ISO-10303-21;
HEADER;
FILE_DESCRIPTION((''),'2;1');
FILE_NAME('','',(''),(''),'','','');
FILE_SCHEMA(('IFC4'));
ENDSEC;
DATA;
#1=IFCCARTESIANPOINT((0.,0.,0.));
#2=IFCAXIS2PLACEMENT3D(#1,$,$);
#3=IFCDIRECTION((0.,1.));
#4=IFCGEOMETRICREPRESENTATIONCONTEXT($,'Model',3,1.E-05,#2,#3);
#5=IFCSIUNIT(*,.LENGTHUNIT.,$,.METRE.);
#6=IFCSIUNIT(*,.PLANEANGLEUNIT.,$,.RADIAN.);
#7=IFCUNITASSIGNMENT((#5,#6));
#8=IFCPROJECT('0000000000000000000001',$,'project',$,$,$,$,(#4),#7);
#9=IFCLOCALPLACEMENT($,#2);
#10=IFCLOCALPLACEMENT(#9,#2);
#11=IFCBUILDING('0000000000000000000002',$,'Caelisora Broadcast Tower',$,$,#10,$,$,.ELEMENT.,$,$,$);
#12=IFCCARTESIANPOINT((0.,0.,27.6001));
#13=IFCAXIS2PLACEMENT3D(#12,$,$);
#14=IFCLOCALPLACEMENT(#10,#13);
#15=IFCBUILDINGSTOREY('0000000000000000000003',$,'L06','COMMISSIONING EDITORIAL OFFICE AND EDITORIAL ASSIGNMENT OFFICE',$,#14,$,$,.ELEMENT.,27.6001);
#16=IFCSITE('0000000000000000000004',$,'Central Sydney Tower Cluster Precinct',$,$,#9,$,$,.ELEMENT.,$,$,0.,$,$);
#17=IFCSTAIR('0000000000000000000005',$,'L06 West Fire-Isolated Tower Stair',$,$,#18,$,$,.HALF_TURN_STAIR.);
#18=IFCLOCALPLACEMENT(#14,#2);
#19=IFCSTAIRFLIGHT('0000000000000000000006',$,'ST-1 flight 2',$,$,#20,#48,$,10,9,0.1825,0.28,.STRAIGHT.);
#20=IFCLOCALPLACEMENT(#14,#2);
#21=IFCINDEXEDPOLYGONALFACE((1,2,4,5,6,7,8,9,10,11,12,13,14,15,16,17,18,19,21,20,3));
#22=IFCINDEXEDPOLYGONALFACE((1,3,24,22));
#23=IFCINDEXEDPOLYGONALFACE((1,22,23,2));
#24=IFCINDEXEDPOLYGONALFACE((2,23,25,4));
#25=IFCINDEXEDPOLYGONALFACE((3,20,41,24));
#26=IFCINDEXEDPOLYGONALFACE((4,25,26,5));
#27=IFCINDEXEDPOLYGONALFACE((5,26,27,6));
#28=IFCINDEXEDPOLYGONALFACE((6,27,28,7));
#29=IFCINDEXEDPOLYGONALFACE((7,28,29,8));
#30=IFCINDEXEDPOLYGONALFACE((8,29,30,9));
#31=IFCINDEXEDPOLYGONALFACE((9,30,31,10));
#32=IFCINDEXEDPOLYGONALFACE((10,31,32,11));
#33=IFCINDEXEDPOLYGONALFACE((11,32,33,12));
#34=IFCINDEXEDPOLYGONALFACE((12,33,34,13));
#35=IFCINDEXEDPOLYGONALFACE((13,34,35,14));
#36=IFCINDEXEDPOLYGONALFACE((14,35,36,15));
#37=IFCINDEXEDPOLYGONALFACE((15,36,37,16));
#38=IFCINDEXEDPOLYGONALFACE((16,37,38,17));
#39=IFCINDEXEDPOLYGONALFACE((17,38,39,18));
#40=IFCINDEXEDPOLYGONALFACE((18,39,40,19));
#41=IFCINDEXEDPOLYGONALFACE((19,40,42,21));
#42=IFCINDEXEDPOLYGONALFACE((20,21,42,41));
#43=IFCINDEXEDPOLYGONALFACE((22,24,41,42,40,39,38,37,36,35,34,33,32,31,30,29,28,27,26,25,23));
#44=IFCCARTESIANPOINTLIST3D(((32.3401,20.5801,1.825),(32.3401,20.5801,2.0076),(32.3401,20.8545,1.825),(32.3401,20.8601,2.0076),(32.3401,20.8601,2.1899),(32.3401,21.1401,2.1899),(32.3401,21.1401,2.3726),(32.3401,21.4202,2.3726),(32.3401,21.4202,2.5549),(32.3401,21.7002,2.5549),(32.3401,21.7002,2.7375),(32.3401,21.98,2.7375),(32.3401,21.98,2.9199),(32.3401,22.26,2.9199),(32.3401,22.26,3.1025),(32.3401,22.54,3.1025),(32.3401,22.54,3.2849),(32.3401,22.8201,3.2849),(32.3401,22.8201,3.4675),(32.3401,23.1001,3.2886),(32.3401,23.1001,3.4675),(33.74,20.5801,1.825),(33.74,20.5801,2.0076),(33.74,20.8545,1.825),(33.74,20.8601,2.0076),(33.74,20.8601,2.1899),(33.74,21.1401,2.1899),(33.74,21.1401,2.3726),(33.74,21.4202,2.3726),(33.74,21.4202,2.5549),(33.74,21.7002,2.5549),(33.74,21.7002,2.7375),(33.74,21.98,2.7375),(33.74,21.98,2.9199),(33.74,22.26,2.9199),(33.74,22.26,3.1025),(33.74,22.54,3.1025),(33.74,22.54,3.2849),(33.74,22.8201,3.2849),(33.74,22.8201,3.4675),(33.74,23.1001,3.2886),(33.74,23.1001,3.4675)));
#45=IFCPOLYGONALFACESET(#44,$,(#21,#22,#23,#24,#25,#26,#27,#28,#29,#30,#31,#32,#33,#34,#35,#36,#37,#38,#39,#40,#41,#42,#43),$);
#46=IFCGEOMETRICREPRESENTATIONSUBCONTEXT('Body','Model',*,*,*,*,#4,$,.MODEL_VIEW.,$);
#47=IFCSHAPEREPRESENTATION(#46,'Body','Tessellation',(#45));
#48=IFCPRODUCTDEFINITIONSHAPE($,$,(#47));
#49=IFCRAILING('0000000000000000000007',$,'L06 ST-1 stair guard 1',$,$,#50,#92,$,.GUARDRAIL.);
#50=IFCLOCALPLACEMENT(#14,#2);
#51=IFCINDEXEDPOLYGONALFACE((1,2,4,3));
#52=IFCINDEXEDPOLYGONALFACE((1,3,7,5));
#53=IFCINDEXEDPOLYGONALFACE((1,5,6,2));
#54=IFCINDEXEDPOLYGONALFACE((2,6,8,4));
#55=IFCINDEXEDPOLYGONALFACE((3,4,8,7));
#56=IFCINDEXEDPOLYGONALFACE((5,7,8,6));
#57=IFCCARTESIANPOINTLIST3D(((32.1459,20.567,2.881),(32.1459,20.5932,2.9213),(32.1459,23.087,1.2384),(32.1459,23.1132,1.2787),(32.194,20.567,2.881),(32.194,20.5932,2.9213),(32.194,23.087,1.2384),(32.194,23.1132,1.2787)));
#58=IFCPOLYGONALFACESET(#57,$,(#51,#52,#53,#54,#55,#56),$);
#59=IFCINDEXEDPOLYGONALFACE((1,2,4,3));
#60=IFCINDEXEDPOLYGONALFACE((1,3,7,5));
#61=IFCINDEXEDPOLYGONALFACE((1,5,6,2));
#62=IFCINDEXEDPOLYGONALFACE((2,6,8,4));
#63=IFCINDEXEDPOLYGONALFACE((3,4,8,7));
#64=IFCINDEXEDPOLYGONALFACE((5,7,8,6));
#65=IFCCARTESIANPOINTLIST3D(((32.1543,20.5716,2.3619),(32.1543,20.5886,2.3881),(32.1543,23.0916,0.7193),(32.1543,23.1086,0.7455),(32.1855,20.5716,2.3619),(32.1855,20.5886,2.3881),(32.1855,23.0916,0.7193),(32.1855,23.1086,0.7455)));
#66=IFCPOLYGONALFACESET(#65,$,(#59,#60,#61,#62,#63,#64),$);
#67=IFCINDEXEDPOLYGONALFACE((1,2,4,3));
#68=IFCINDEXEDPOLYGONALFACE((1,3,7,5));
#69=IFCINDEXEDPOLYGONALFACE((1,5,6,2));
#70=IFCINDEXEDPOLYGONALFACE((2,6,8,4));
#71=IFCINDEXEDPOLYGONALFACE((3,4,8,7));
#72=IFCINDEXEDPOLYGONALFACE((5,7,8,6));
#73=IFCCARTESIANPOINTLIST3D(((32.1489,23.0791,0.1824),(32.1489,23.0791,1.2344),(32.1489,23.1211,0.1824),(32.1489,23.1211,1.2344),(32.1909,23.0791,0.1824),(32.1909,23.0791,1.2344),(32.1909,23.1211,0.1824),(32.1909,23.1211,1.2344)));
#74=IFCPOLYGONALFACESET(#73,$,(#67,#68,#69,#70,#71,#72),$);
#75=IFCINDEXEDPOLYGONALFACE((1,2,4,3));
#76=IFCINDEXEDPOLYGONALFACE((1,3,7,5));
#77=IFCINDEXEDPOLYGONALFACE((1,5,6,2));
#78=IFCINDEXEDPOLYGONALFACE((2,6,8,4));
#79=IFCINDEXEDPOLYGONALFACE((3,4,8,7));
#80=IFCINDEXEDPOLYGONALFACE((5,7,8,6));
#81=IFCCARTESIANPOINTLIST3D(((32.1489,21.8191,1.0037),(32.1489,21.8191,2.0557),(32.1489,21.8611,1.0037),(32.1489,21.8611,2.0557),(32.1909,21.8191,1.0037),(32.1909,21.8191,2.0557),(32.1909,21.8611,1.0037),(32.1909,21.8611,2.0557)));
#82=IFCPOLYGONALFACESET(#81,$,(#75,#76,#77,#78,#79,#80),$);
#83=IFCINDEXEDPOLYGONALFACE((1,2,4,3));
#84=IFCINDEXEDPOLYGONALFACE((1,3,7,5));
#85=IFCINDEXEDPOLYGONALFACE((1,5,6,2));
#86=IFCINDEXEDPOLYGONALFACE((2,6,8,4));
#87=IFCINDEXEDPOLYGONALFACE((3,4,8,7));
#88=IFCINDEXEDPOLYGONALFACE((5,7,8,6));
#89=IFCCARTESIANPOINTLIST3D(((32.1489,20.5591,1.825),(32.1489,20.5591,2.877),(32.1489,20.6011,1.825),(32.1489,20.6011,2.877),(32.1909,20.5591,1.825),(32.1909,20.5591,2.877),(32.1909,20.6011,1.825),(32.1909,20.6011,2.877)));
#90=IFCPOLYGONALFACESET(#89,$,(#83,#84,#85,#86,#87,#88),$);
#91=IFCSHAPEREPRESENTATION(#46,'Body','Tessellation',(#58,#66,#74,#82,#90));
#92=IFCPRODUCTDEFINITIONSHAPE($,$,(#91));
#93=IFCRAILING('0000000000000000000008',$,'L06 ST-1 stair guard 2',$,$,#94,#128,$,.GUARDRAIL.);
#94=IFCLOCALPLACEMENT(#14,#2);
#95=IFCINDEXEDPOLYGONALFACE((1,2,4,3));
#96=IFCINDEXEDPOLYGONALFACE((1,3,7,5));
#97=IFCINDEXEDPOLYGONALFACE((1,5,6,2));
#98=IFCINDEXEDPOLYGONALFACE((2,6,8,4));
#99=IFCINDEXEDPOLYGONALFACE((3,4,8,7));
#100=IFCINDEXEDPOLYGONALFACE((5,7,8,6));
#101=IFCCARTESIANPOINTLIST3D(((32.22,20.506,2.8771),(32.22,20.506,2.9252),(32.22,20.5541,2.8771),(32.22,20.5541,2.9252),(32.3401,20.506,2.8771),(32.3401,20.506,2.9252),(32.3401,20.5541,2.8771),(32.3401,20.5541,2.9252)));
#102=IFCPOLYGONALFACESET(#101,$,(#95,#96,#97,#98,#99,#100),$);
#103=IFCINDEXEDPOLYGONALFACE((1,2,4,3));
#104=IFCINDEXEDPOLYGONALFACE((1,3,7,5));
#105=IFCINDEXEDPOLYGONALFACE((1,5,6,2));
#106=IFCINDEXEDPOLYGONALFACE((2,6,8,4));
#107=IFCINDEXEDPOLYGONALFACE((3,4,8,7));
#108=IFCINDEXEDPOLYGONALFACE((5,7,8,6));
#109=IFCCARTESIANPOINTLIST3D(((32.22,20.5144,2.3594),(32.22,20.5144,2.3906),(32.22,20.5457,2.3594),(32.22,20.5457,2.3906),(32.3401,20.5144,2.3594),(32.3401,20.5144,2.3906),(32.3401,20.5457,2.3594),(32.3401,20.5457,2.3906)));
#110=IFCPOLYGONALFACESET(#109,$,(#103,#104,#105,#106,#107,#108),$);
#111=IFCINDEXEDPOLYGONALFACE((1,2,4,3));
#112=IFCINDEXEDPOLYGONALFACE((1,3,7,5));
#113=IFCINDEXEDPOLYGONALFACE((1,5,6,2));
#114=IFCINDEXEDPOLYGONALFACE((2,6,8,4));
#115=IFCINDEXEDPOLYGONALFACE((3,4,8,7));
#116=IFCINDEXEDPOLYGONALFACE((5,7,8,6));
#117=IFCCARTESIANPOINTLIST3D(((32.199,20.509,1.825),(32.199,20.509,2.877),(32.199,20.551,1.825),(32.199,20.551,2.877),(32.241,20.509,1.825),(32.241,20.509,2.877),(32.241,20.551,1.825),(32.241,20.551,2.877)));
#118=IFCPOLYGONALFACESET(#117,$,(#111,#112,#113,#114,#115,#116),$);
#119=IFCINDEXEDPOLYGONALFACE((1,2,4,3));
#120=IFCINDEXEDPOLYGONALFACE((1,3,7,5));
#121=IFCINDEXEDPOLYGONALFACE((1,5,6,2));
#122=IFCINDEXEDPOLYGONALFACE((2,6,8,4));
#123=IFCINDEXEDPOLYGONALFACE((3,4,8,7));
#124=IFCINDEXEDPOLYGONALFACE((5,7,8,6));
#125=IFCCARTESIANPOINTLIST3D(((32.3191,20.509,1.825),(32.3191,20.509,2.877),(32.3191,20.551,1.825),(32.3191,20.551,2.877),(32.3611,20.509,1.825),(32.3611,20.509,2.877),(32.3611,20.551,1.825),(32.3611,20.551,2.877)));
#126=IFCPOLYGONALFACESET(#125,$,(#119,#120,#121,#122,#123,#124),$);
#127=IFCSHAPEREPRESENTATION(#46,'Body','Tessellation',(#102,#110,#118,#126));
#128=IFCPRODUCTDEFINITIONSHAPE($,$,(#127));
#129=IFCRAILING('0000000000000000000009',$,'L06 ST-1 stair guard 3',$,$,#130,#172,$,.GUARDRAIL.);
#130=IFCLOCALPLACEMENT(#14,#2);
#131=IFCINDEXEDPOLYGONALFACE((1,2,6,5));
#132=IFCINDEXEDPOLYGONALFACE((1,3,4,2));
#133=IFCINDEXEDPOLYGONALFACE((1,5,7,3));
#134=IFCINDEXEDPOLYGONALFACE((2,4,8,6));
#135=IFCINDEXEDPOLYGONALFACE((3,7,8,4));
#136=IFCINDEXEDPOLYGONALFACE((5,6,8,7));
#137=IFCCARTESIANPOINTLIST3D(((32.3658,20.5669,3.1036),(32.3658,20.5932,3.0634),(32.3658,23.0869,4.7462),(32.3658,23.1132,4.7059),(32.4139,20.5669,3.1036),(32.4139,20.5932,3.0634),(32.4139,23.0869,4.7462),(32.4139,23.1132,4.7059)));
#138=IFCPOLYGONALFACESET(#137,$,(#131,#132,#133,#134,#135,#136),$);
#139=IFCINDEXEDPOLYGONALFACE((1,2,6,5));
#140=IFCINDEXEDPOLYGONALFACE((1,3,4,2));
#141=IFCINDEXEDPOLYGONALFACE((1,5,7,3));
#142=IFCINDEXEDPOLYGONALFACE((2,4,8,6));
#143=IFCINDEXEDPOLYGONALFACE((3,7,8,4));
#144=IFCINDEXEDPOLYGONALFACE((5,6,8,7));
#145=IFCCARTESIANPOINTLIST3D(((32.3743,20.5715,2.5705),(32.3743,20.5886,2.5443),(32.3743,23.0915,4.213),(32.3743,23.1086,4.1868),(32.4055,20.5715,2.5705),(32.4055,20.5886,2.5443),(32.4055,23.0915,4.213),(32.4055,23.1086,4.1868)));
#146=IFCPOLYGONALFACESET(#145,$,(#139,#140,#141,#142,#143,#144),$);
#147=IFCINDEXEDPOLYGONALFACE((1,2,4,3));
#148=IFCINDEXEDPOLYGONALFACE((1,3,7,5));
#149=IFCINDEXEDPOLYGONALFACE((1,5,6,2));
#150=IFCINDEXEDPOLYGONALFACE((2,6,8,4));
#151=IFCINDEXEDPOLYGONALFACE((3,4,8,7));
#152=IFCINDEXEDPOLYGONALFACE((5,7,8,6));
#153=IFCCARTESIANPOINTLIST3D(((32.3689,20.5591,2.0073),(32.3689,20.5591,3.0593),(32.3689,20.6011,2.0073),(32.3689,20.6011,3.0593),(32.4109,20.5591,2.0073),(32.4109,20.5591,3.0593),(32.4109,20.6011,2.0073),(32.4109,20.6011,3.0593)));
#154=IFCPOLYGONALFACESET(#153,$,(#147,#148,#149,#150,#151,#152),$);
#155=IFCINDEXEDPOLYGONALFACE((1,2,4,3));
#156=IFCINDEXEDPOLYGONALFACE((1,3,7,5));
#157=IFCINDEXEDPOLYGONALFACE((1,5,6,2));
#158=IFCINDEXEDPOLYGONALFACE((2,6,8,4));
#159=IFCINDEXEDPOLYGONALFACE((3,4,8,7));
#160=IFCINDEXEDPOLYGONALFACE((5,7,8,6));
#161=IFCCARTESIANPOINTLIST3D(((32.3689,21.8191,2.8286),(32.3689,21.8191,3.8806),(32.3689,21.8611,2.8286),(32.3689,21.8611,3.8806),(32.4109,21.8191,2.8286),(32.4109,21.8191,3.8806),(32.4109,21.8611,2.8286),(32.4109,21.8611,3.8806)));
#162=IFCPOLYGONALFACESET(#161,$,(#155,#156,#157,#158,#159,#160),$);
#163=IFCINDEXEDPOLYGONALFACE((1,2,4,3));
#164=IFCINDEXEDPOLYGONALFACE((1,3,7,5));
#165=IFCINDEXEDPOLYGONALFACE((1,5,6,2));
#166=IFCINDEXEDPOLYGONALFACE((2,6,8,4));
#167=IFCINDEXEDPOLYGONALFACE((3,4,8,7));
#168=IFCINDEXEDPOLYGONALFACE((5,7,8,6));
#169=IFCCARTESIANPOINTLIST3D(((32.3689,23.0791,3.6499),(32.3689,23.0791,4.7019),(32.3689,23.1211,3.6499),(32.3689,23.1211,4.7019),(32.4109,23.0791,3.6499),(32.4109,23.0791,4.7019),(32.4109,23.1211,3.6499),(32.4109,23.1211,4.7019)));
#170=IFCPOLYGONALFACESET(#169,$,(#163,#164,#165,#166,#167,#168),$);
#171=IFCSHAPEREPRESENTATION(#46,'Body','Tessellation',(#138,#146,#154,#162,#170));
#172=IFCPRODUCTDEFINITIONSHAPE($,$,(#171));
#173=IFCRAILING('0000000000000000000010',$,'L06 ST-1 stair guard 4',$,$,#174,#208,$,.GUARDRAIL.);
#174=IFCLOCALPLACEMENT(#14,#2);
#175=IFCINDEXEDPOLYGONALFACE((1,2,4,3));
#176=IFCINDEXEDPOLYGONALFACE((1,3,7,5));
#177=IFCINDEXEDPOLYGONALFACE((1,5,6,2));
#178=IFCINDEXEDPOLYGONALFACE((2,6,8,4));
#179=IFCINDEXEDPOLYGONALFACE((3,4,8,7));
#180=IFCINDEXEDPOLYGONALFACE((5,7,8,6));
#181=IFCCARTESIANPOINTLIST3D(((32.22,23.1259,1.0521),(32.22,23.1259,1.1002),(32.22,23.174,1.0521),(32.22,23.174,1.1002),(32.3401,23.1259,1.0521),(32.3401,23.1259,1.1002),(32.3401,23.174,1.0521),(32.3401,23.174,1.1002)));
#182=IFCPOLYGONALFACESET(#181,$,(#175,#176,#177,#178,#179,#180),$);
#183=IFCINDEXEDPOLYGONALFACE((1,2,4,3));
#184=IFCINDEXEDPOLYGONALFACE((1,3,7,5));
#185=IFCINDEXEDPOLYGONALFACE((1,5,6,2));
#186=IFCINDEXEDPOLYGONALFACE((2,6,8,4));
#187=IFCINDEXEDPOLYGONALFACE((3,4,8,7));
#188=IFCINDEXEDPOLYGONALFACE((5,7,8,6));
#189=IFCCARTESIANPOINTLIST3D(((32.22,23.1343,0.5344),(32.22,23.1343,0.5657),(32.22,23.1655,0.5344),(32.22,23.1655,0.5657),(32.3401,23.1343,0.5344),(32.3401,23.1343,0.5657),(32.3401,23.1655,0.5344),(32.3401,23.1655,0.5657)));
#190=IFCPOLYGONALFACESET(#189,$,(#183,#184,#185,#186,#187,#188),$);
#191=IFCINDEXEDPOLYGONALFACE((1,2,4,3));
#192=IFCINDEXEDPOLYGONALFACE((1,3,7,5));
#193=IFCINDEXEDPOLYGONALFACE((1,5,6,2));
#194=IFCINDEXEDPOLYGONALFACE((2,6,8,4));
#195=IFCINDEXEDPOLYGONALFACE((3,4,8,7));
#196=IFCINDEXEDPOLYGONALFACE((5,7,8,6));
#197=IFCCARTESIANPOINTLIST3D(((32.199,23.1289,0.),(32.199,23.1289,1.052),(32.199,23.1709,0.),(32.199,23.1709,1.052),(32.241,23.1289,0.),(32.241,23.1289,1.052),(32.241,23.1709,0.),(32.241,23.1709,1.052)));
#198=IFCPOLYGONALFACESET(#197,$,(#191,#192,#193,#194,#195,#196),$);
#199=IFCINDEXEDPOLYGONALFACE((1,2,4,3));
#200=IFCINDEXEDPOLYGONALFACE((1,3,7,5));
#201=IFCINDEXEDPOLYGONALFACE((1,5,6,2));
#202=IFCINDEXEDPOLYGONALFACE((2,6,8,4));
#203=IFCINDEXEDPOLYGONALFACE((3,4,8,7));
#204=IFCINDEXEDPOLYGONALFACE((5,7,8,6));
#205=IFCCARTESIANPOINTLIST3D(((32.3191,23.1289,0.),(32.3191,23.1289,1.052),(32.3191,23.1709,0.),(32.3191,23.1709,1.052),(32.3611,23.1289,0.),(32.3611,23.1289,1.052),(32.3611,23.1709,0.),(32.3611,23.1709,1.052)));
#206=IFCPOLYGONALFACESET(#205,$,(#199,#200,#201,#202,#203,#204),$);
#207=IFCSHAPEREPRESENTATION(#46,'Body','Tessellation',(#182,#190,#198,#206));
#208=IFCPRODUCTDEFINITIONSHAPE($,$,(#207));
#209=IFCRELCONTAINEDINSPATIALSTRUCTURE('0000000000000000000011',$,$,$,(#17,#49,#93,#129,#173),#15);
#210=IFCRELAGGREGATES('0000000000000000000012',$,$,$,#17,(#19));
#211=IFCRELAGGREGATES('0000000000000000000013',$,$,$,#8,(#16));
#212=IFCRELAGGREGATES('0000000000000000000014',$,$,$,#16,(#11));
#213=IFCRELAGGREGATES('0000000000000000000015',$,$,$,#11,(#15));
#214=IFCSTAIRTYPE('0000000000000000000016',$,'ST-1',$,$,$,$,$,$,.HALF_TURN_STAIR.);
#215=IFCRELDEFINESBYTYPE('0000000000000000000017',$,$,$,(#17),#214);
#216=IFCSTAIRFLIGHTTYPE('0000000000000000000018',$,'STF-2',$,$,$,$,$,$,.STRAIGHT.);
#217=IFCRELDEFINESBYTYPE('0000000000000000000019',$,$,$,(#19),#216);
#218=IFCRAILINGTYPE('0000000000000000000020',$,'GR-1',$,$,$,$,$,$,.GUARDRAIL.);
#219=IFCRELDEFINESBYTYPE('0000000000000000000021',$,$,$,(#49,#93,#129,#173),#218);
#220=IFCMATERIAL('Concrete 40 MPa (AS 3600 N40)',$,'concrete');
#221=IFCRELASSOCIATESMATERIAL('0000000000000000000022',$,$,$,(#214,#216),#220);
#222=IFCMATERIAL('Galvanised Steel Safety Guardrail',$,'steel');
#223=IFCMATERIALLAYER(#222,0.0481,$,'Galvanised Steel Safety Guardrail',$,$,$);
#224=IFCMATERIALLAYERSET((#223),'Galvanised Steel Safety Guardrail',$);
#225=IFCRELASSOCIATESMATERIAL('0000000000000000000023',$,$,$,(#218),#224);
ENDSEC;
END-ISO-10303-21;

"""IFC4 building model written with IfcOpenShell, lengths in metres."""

from ifc_helpers import new_model, si_unit, direction, frame, origin, origin_2d, place, context, subcontext, project, spatial, polyline, rectangle, outline, extrude, material, layer, layer_set, type_object, element, aggregate, save


model = new_model("IFC4")

# Units and contexts
model_context = context("Model", 3, precision=1e-05, world=origin(), true_north=direction((0.0, 1.0)))
body_context = subcontext(model_context, "Body", "Model", "MODEL_VIEW")
ifc_project = project(units=[si_unit("LENGTHUNIT", "METRE"), si_unit("PLANEANGLEUNIT", "RADIAN")], contexts=[model_context])

# Site, building, storey
site_placement = place(None, origin())
site = spatial("IfcSite", under=ifc_project, at=site_placement, Name="Central Sydney Tower Cluster Precinct", CompositionType="ELEMENT", RefElevation=0.0)
building_placement = place(site_placement, origin())
building = spatial("IfcBuilding", under=site, at=building_placement, Name="Caelisora Broadcast Tower", CompositionType="ELEMENT")
storey_placement = place(building_placement, frame((0.0, 0.0, 27.6001)))
storey = spatial("IfcBuildingStorey", under=building, at=storey_placement, Name="L06", Description="COMMISSIONING EDITORIAL OFFICE AND EDITORIAL ASSIGNMENT OFFICE", CompositionType="ELEMENT", Elevation=27.6001)

# Stair, stair flight
ifc_material_1 = material(Name="Concrete 40 MPa (AS 3600 N40)", Category="concrete")
stair_type = type_object("IfcStairType", Name="ST-1", PredefinedType="HALF_TURN_STAIR", material=ifc_material_1)
stair_placement = place(storey_placement, origin())
stair = element("IfcStair", 1, at=stair_placement, inside=storey, type_object=stair_type, Name="L06 West Fire-Isolated Tower Stair", PredefinedType="HALF_TURN_STAIR")
stair_flight_type = type_object("IfcStairFlightType", Name="STF-2", PredefinedType="STRAIGHT", material=ifc_material_1)
stair_flight_1_placement = place(storey_placement, frame((33.04, 20.5801, 1.825), z_axis=(0.0, 0.0, 1.0), x_axis=(0.0, 1.0, 0.0)))
stair_flight_1 = element("IfcStairFlight", 2, at=stair_flight_1_placement, type_object=stair_flight_type, Name="ST-1 flight 2", NumberOfRisers=10, NumberOfTreads=9, PredefinedType="STRAIGHT", RiserHeight=0.1825, TreadLength=0.28, context=body_context, shape_type="SweptSolid", body=[
    extrude(outline(polyline([(0.0, 0.0), (0.0, 0.1826), (0.28, 0.1826), (0.28, 0.365), (0.5601, 0.365), (0.5601, 0.5476), (0.8401, 0.5476), (0.8401, 0.73), (1.1201, 0.73), (1.1201, 0.9126), (1.3999, 0.9126), (1.3999, 1.095), (1.6799, 1.095), (1.6799, 1.2776), (1.96, 1.2776), (1.96, 1.46), (2.24, 1.46), (2.24, 1.6426), (2.52, 1.6426), (2.52, 1.825), (2.52, 1.4636), (0.2744, 0.0), (0.0, 0.0)])), frame((0.0, 0.7, 0.0), z_axis=(0.0, -1.0, 0.0), x_axis=(1.0, 0.0, 0.0)), (0.0, 0.0, 1.0), 1.3999),
])
aggregate(stair, [stair_flight_1])

# Railings
ifc_material_2 = material(Name="Galvanised Steel Safety Guardrail", Category="steel")
ifc_layer_1 = layer(ifc_material_2, 0.0481, Name="Galvanised Steel Safety Guardrail")
ifc_layer_set_1 = layer_set([ifc_layer_1], Name="Galvanised Steel Safety Guardrail")
railing_type_1 = type_object("IfcRailingType", Name="GR-1", PredefinedType="GUARDRAIL", material=ifc_layer_set_1)
railing_1_placement = place(storey_placement, frame((32.1699, 23.1001, 0.1824)))
element("IfcRailing", 3, at=railing_1_placement, inside=storey, type_object=railing_type_1, Name="L06 ST-1 stair guard 1", PredefinedType="GUARDRAIL", context=body_context, shape_type="SweptSolid", body=[
    extrude(rectangle(XDim=0.0481, YDim=0.0481, at=origin_2d()), frame((0.0, 0.0, 1.0762), z_axis=(0.0, -0.837749, 0.546055), x_axis=(1.0, 0.0, 0.0)), (0.0, 0.0, 1.0), 3.0081),
    extrude(rectangle(XDim=0.0312, YDim=0.0312, at=origin_2d()), frame((0.0, 0.0, 0.55), z_axis=(0.0, -0.837749, 0.546055), x_axis=(1.0, 0.0, 0.0)), (0.0, 0.0, 1.0), 3.0081),
    extrude(rectangle(XDim=0.042, YDim=0.042, at=origin_2d()), origin(), (0.0, 0.0, 1.0), 1.052),
    extrude(rectangle(XDim=0.042, YDim=0.042, at=origin_2d()), frame((0.0, -1.26, 0.8213)), (0.0, 0.0, 1.0), 1.052),
    extrude(rectangle(XDim=0.042, YDim=0.042, at=origin_2d()), frame((0.0, -2.52, 1.6426)), (0.0, 0.0, 1.0), 1.052),
])
railing_2_placement = place(storey_placement, frame((32.22, 20.53, 1.825)))
element("IfcRailing", 4, at=railing_2_placement, inside=storey, type_object=railing_type_1, Name="L06 ST-1 stair guard 2", PredefinedType="GUARDRAIL", context=body_context, shape_type="SweptSolid", body=[
    extrude(rectangle(XDim=0.0481, YDim=0.0481, at=origin_2d()), frame((0.0, 0.0, 1.0762), z_axis=(1.0, 0.0, 0.0), x_axis=(0.0, 1.0, 0.0)), (0.0, 0.0, 1.0), 0.1201),
    extrude(rectangle(XDim=0.0312, YDim=0.0312, at=origin_2d()), frame((0.0, 0.0, 0.55), z_axis=(1.0, 0.0, 0.0), x_axis=(0.0, 1.0, 0.0)), (0.0, 0.0, 1.0), 0.1201),
    extrude(rectangle(XDim=0.042, YDim=0.042, at=origin_2d()), origin(), (0.0, 0.0, 1.0), 1.052),
    extrude(rectangle(XDim=0.042, YDim=0.042, at=origin_2d()), frame((0.1201, 0.0, 0.0)), (0.0, 0.0, 1.0), 1.052),
])
railing_3_placement = place(storey_placement, frame((32.3899, 20.5801, 2.0073)))
element("IfcRailing", 5, at=railing_3_placement, inside=storey, type_object=railing_type_1, Name="L06 ST-1 stair guard 3", PredefinedType="GUARDRAIL", context=body_context, shape_type="SweptSolid", body=[
    extrude(rectangle(XDim=0.0481, YDim=0.0481, at=origin_2d()), frame((0.0, 0.0, 1.0762), z_axis=(0.0, 0.837749, 0.546055), x_axis=(-1.0, 0.0, 0.0)), (0.0, 0.0, 1.0), 3.0081),
    extrude(rectangle(XDim=0.0312, YDim=0.0312, at=origin_2d()), frame((0.0, 0.0, 0.55), z_axis=(0.0, 0.837749, 0.546055), x_axis=(-1.0, 0.0, 0.0)), (0.0, 0.0, 1.0), 3.0081),
    extrude(rectangle(XDim=0.042, YDim=0.042, at=origin_2d()), origin(), (0.0, 0.0, 1.0), 1.052),
    extrude(rectangle(XDim=0.042, YDim=0.042, at=origin_2d()), frame((0.0, 1.26, 0.8213)), (0.0, 0.0, 1.0), 1.052),
    extrude(rectangle(XDim=0.042, YDim=0.042, at=origin_2d()), frame((0.0, 2.52, 1.6426)), (0.0, 0.0, 1.0), 1.052),
])
railing_4_placement = place(storey_placement, frame((32.22, 23.1499, 0.0)))
element("IfcRailing", 6, at=railing_4_placement, inside=storey, type_object=railing_type_1, Name="L06 ST-1 stair guard 4", PredefinedType="GUARDRAIL", context=body_context, shape_type="SweptSolid", body=[
    extrude(rectangle(XDim=0.0481, YDim=0.0481, at=origin_2d()), frame((0.0, 0.0, 1.0762), z_axis=(1.0, 0.0, 0.0), x_axis=(0.0, 1.0, 0.0)), (0.0, 0.0, 1.0), 0.1201),
    extrude(rectangle(XDim=0.0312, YDim=0.0312, at=origin_2d()), frame((0.0, 0.0, 0.55), z_axis=(1.0, 0.0, 0.0), x_axis=(0.0, 1.0, 0.0)), (0.0, 0.0, 1.0), 0.1201),
    extrude(rectangle(XDim=0.042, YDim=0.042, at=origin_2d()), origin(), (0.0, 0.0, 1.0), 1.052),
    extrude(rectangle(XDim=0.042, YDim=0.042, at=origin_2d()), frame((0.1201, 0.0, 0.0)), (0.0, 0.0, 1.0), 1.052),
])

save(model, "model.ifc")
